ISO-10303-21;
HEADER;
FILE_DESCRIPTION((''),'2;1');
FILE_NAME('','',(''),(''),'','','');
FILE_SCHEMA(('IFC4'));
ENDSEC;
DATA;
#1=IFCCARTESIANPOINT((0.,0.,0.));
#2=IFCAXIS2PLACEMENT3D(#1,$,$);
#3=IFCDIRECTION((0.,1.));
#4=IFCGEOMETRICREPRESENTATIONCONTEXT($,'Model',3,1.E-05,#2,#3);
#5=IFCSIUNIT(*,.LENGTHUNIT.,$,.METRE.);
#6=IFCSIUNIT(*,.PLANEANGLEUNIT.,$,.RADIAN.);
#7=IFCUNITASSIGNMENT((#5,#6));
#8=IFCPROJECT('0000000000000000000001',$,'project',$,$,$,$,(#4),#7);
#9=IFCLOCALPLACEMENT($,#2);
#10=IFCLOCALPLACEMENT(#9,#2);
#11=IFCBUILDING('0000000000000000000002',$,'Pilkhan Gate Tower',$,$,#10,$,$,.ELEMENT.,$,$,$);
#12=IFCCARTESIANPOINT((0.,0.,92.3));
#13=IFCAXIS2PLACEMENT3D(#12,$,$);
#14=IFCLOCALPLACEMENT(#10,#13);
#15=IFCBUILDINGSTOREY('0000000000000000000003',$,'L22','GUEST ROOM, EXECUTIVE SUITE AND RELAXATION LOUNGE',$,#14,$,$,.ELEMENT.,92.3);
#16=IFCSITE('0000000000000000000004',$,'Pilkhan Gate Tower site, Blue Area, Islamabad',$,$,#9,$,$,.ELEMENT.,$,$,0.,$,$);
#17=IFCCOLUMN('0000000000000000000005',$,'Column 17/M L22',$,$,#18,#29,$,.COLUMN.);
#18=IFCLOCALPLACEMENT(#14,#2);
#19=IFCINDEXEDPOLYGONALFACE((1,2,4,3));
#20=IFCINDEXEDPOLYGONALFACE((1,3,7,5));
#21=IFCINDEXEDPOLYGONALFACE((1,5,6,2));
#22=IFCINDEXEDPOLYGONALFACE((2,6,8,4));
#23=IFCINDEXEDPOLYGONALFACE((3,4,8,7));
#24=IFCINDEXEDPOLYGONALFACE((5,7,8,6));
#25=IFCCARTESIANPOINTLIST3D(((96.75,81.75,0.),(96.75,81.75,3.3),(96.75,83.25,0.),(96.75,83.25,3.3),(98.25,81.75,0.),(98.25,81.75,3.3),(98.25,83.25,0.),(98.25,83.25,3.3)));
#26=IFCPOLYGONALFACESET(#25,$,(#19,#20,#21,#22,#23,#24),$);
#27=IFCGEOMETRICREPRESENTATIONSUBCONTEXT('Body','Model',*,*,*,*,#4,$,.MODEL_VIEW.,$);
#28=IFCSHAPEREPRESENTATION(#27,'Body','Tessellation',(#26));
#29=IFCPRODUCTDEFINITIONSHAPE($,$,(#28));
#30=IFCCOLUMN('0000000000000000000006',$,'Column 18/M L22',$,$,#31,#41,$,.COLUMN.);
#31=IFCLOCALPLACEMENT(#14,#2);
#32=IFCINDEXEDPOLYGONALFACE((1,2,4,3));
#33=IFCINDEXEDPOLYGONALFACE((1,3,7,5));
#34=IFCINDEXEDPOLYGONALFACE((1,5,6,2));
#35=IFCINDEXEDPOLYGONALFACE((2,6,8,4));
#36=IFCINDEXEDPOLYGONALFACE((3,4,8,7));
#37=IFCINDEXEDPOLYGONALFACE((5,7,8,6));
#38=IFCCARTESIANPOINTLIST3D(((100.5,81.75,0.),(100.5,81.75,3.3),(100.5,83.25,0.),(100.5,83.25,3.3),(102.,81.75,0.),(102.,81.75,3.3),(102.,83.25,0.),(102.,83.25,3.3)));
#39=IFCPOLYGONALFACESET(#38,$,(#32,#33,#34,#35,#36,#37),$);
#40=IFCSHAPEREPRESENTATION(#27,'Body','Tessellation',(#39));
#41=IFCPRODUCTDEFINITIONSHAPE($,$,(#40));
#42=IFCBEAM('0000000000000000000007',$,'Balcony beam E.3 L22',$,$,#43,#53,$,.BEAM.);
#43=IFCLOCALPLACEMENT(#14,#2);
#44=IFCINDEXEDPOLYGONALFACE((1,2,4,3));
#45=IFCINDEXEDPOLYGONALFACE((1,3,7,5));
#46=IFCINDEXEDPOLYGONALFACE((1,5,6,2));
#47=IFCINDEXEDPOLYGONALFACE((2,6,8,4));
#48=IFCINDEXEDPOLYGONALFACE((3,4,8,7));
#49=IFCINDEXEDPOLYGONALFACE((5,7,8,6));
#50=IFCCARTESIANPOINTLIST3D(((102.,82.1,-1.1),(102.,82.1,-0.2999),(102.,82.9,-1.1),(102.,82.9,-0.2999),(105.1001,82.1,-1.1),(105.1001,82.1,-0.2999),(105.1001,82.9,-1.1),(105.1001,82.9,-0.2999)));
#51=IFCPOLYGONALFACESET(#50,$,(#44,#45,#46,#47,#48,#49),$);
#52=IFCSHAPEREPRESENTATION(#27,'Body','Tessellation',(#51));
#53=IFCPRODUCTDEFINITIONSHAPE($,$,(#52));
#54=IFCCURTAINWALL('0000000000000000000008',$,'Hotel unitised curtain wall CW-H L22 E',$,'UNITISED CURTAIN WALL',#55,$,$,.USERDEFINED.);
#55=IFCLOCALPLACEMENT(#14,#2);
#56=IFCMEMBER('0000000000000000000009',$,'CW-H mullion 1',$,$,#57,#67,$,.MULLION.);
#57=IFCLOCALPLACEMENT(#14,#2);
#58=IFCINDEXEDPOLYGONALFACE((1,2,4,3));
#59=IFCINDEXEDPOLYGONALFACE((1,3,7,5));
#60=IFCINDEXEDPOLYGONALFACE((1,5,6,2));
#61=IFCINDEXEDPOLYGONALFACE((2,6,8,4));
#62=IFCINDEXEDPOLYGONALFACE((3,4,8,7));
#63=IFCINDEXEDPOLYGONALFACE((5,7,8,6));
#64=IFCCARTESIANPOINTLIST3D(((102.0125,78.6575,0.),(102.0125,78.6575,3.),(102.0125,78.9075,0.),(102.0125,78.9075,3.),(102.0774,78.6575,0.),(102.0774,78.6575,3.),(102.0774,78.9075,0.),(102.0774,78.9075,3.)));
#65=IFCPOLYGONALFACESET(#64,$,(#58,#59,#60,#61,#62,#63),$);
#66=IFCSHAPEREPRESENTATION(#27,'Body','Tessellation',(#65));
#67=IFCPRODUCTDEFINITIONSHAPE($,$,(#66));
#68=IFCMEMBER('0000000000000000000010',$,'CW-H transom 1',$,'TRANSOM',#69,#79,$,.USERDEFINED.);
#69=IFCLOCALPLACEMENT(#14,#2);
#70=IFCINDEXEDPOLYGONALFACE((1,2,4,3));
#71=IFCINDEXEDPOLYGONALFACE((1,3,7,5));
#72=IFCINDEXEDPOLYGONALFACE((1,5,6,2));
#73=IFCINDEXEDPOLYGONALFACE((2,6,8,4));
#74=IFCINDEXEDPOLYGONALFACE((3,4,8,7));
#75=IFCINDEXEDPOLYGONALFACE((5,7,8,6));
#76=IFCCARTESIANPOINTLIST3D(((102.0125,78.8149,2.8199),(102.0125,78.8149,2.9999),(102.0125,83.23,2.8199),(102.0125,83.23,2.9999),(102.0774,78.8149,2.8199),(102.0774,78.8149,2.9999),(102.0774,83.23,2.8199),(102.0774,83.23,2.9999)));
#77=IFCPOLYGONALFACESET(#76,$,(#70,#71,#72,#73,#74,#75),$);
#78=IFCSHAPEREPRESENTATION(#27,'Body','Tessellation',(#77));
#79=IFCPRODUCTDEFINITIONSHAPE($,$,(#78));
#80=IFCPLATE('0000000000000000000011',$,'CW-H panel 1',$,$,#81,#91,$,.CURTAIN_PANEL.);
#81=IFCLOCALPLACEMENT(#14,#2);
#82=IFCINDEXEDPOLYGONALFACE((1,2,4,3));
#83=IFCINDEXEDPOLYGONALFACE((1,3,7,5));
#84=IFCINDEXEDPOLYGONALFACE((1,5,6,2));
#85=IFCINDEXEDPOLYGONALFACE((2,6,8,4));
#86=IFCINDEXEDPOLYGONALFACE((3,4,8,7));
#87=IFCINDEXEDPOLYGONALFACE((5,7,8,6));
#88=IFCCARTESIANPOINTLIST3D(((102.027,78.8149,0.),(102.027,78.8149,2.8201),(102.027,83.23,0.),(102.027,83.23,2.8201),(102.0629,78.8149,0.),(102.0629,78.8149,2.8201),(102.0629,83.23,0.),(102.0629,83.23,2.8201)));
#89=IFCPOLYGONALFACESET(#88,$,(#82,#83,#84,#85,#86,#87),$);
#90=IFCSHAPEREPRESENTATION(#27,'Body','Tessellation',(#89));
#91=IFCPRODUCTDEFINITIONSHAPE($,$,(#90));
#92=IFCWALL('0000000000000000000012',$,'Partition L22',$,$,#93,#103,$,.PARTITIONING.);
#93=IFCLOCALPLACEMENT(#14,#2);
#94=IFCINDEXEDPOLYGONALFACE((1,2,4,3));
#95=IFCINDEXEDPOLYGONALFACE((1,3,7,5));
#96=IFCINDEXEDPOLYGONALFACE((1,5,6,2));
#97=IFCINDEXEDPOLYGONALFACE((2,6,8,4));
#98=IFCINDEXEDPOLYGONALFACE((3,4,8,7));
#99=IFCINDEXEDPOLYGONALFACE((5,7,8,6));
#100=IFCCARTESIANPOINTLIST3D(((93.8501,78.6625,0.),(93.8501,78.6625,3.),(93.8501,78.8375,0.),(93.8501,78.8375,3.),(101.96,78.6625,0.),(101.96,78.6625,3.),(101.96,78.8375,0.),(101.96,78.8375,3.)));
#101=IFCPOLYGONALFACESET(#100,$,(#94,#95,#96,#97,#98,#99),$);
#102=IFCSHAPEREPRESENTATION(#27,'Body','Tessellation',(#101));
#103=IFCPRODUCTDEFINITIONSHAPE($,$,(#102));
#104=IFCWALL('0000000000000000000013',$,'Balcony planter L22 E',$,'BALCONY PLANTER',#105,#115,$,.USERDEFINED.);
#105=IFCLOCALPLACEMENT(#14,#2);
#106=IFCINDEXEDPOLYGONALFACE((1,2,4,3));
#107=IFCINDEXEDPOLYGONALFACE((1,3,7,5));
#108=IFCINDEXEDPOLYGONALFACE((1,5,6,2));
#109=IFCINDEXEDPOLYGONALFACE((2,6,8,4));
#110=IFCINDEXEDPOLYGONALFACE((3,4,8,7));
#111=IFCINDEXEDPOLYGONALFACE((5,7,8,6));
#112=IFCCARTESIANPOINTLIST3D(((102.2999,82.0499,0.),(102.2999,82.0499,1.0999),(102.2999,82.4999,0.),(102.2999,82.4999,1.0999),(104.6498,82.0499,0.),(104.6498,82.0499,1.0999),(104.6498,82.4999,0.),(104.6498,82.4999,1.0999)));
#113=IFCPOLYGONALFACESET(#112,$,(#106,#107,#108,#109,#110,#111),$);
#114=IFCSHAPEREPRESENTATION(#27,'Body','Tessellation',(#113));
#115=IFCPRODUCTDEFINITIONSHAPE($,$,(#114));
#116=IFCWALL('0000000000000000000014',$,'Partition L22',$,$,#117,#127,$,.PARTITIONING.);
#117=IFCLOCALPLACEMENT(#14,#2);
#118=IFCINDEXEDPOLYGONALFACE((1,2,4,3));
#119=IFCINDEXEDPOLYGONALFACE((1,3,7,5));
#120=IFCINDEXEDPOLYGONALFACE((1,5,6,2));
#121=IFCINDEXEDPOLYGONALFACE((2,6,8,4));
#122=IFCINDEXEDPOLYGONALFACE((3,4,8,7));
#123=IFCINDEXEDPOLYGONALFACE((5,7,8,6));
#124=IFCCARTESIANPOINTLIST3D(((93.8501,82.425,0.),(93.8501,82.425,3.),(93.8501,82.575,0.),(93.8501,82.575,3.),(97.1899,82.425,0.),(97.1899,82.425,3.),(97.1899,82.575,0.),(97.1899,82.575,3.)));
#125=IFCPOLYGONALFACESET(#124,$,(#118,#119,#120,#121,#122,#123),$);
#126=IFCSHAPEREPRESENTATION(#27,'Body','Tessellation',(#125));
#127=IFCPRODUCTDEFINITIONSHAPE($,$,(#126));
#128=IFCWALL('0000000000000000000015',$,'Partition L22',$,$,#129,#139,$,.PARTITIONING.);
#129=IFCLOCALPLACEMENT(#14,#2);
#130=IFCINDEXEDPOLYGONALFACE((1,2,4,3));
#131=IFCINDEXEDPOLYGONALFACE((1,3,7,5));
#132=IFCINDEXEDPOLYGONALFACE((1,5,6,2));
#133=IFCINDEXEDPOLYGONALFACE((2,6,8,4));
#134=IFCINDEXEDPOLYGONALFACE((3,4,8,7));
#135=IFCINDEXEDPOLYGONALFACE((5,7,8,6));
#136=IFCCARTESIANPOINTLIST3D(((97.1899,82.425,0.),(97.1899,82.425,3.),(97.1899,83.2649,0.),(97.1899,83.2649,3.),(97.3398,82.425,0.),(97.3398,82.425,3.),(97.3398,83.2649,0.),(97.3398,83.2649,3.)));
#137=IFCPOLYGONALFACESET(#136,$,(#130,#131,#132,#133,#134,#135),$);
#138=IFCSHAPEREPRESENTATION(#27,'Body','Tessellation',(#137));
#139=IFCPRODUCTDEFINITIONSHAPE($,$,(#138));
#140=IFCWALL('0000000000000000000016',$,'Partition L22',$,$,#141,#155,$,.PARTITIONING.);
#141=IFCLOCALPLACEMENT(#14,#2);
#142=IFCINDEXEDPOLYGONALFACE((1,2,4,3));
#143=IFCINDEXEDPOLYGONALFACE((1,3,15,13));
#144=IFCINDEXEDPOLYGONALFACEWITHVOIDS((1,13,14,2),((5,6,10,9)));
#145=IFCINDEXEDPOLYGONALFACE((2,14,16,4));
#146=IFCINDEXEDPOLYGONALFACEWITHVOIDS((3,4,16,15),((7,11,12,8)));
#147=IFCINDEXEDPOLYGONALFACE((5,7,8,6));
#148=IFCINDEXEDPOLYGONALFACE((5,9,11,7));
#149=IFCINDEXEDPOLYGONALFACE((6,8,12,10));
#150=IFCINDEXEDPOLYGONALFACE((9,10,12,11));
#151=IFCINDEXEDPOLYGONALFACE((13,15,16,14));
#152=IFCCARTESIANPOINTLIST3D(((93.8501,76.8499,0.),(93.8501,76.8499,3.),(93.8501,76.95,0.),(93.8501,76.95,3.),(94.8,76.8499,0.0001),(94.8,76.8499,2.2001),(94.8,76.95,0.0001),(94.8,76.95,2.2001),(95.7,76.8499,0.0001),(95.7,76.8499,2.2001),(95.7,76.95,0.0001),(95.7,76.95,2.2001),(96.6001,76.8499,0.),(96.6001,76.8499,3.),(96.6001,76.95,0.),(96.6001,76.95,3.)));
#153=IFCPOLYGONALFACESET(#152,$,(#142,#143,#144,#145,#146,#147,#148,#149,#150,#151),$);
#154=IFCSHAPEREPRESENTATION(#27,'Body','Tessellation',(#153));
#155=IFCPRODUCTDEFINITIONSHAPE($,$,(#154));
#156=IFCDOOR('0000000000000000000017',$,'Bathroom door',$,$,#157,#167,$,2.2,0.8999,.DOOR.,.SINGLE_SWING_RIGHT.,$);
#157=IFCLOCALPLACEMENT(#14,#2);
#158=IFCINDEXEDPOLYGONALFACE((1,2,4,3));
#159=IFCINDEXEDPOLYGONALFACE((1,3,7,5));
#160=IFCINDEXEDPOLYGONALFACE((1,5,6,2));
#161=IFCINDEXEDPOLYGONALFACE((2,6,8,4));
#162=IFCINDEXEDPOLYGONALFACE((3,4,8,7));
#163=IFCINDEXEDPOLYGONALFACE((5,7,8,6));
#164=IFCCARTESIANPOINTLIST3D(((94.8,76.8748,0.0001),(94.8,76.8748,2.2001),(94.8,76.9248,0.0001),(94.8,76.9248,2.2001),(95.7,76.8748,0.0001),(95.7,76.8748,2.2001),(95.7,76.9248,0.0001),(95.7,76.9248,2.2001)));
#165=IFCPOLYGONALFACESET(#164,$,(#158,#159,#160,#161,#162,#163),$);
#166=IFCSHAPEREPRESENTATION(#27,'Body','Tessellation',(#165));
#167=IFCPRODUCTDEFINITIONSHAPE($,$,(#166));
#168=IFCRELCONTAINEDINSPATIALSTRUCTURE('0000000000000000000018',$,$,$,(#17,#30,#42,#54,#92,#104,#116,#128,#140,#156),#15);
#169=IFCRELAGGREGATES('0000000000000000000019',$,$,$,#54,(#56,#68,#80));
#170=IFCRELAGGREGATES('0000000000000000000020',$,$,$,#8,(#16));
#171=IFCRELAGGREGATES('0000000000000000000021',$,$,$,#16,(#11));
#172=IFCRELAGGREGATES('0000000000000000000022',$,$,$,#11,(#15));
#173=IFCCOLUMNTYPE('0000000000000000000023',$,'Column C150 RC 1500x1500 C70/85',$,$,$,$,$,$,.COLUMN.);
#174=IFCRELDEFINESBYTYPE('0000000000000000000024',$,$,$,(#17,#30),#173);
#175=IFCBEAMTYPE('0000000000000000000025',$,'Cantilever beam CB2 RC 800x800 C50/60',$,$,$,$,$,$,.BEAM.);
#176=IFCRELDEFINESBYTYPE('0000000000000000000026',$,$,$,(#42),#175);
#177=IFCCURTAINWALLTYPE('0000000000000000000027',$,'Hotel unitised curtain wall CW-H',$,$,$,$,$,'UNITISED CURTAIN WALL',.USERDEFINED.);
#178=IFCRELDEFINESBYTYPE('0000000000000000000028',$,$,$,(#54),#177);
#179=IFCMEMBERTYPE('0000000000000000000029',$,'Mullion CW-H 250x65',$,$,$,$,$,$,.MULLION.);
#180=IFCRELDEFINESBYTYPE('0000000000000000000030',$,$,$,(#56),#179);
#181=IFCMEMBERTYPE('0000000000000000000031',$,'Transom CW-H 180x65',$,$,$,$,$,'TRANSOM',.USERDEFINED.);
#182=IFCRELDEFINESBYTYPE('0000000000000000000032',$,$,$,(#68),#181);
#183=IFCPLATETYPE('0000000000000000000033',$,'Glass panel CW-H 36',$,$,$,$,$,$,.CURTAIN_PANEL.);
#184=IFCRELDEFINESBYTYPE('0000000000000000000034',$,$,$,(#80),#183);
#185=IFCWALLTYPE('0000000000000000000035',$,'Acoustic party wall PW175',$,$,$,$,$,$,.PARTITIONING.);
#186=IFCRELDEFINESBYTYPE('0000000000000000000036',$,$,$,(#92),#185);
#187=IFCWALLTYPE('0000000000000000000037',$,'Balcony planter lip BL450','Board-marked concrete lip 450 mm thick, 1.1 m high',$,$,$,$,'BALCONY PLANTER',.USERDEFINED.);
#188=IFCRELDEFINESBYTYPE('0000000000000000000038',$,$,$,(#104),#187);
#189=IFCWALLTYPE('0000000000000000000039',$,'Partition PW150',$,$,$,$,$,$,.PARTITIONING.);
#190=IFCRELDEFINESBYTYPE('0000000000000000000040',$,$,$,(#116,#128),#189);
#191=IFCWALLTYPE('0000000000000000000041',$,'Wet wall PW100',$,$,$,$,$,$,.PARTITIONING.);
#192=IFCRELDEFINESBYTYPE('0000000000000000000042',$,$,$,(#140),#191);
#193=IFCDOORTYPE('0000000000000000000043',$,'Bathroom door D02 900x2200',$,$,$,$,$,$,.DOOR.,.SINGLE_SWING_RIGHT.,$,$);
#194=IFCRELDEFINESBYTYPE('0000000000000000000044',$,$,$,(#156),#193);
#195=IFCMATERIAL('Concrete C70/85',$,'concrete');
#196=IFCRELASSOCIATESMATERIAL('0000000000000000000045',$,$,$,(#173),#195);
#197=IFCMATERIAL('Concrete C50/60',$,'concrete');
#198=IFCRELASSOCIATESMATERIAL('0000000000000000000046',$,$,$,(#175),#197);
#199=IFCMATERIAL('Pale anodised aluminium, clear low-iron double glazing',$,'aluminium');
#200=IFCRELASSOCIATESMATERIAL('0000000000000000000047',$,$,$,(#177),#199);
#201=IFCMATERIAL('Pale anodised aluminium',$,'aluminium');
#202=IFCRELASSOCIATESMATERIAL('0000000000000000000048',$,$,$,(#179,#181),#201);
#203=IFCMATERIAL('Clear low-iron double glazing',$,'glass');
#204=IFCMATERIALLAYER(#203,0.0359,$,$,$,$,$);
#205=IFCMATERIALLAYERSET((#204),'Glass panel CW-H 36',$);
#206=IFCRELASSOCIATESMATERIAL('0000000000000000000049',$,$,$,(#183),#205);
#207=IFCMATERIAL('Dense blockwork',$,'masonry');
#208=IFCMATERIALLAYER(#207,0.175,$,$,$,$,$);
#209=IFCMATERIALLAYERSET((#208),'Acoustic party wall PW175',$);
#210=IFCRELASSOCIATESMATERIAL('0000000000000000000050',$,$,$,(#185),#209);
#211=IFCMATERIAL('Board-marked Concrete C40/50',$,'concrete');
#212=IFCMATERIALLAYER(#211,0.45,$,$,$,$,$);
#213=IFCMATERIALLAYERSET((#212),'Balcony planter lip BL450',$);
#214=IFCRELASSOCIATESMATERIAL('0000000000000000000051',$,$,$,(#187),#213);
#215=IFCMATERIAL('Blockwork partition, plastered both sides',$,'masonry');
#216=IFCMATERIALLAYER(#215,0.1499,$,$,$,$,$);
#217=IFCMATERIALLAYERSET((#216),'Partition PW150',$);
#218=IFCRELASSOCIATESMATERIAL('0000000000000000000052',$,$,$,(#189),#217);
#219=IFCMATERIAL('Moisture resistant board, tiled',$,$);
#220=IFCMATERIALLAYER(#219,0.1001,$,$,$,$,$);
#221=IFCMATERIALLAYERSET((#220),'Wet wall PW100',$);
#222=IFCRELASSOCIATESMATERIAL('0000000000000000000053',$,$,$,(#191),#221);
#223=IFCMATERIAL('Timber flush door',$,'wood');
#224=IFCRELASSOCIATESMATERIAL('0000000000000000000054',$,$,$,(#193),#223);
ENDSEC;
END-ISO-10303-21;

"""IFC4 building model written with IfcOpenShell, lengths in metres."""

from ifc_helpers import new_model, si_unit, direction, frame, frame_2d, origin, origin_2d, place, context, subcontext, project, spatial, rectangle, extrude, material, layer, layer_set, material_profile, profile_set, type_object, element, fill, aggregate, save


model = new_model("IFC4")

# Units and contexts
model_context = context("Model", 3, precision=1e-05, world=origin(), true_north=direction((0.0, 1.0)))
body_context = subcontext(model_context, "Body", "Model", "MODEL_VIEW")
ifc_project = project(units=[si_unit("LENGTHUNIT", "METRE"), si_unit("PLANEANGLEUNIT", "RADIAN")], contexts=[model_context])

# Site, building, storey
site_placement = place(None, origin())
site = spatial("IfcSite", under=ifc_project, at=site_placement, Name="Pilkhan Gate Tower site, Blue Area, Islamabad", CompositionType="ELEMENT", RefElevation=0.0)
building_placement = place(site_placement, origin())
building = spatial("IfcBuilding", under=site, at=building_placement, Name="Pilkhan Gate Tower", CompositionType="ELEMENT")
storey_placement = place(building_placement, frame((0.0, 0.0, 92.3)))
storey = spatial("IfcBuildingStorey", under=building, at=storey_placement, Name="L22", Description="GUEST ROOM, EXECUTIVE SUITE AND RELAXATION LOUNGE", CompositionType="ELEMENT", Elevation=92.3)

# Columns
ifc_material_1 = material(Name="Concrete C70/85", Category="concrete")
ifc_material_profile_1 = material_profile(ifc_material_1, rectangle(XDim=1.5, YDim=1.5, at=origin_2d()), Name="RC 1500x1500")
ifc_profile_set_1 = profile_set([ifc_material_profile_1], Name="Concrete C70/85")
column_type = type_object("IfcColumnType", Name="Column C150 RC 1500x1500 C70/85", PredefinedType="COLUMN", material=ifc_profile_set_1)
for number, where, z_axis, x_axis, name in (
    (1, (97.5, 82.5, 0.0), (0.0, 0.0, 1.0), (1.0, 0.0, 0.0), "Column 17/M L22"),
    (2, (101.25, 82.5, 0.0), (0.0, 0.0, 1.0), (1.0, 0.0, 0.0), "Column 18/M L22"),
):
    element("IfcColumn", number, at=place(storey_placement, frame(where, z_axis=z_axis, x_axis=x_axis)), inside=storey, type_object=column_type, Name=name, PredefinedType="COLUMN", context=body_context, shape_type="SweptSolid", body=[
        extrude(rectangle(XDim=1.5, YDim=1.5, at=origin_2d()), origin(), (0.0, 0.0, 1.0), 3.3),
    ])

# Beam
ifc_material_2 = material(Name="Concrete C50/60", Category="concrete")
ifc_material_profile_2 = material_profile(ifc_material_2, rectangle(XDim=0.8, YDim=0.8, at=origin_2d()), Name="RC 800x800")
ifc_profile_set_2 = profile_set([ifc_material_profile_2], Name="Concrete C50/60")
beam_type = type_object("IfcBeamType", Name="Cantilever beam CB2 RC 800x800 C50/60", PredefinedType="BEAM", material=ifc_profile_set_2)
beam_placement = place(storey_placement, frame((102.0, 82.5, -0.7), z_axis=(1.0, 0.0, 0.0), x_axis=(0.0, 1.0, 0.0)))
element("IfcBeam", 3, at=beam_placement, inside=storey, type_object=beam_type, Name="Balcony beam E.3 L22", PredefinedType="BEAM", context=body_context, shape_type="SweptSolid", body=[
    extrude(rectangle(XDim=0.8, YDim=0.8, at=origin_2d()), origin(), (0.0, 0.0, 1.0), 3.1001),
])

# Curtain wall, members, plate
ifc_material_3 = material(Name="Pale anodised aluminium, clear low-iron double glazing", Category="aluminium")
curtain_wall_type = type_object("IfcCurtainWallType", Name="Hotel unitised curtain wall CW-H", ElementType="UNITISED CURTAIN WALL", PredefinedType="USERDEFINED", material=ifc_material_3)
curtain_wall_placement = place(storey_placement, origin())
curtain_wall = element("IfcCurtainWall", 4, at=curtain_wall_placement, inside=storey, type_object=curtain_wall_type, Name="Hotel unitised curtain wall CW-H L22 E", ObjectType="UNITISED CURTAIN WALL", PredefinedType="USERDEFINED")
ifc_material_4 = material(Name="Pale anodised aluminium", Category="aluminium")
ifc_material_profile_3 = material_profile(ifc_material_4, rectangle(XDim=0.0649, YDim=0.25, at=origin_2d()), Name="Mullion 250x65")
ifc_profile_set_3 = profile_set([ifc_material_profile_3], Name="Pale anodised aluminium")
member_type_1 = type_object("IfcMemberType", Name="Mullion CW-H 250x65", PredefinedType="MULLION", material=ifc_profile_set_3)
member_1_placement = place(storey_placement, frame((102.0449, 78.7825, 0.0), z_axis=(0.0, 0.0, 1.0), x_axis=(-1.0, 0.0, 0.0)))
member_1 = element("IfcMember", 5, at=member_1_placement, type_object=member_type_1, Name="CW-H mullion 1", PredefinedType="MULLION", context=body_context, shape_type="SweptSolid", body=[
    extrude(rectangle(XDim=0.0649, YDim=0.25, at=origin_2d()), origin(), (0.0, 0.0, 1.0), 3.0),
])
ifc_material_profile_4 = material_profile(ifc_material_4, rectangle(XDim=0.0649, YDim=0.1799, at=origin_2d()), Name="Transom 180x65")
ifc_profile_set_4 = profile_set([ifc_material_profile_4], Name="Pale anodised aluminium")
member_type_2 = type_object("IfcMemberType", Name="Transom CW-H 180x65", ElementType="TRANSOM", PredefinedType="USERDEFINED", material=ifc_profile_set_4)
member_2_placement = place(storey_placement, frame((102.0449, 78.8149, 2.9099), z_axis=(0.0, 1.0, 0.0), x_axis=(-1.0, 0.0, 0.0)))
member_2 = element("IfcMember", 6, at=member_2_placement, type_object=member_type_2, Name="CW-H transom 1", ObjectType="TRANSOM", PredefinedType="USERDEFINED", context=body_context, shape_type="SweptSolid", body=[
    extrude(rectangle(XDim=0.0649, YDim=0.1799, at=origin_2d()), origin(), (0.0, 0.0, 1.0), 4.415),
])
ifc_material_5 = material(Name="Clear low-iron double glazing", Category="glass")
ifc_layer_1 = layer(ifc_material_5, 0.0359)
ifc_layer_set_1 = layer_set([ifc_layer_1], Name="Glass panel CW-H 36")
plate_type = type_object("IfcPlateType", Name="Glass panel CW-H 36", PredefinedType="CURTAIN_PANEL", material=ifc_layer_set_1)
plate_placement = place(storey_placement, frame((102.0449, 81.0225, 0.0), z_axis=(0.0, 0.0, 1.0), x_axis=(0.0, 1.0, 0.0)))
plate = element("IfcPlate", 7, at=plate_placement, type_object=plate_type, Name="CW-H panel 1", PredefinedType="CURTAIN_PANEL", context=body_context, shape_type="SweptSolid", body=[
    extrude(rectangle(XDim=4.415, YDim=0.0359, at=origin_2d()), origin(), (0.0, 0.0, 1.0), 2.8201),
])
aggregate(curtain_wall, [member_1, member_2, plate])

# Walls
ifc_material_6 = material(Name="Dense blockwork", Category="masonry")
ifc_layer_2 = layer(ifc_material_6, 0.175)
ifc_layer_set_2 = layer_set([ifc_layer_2], Name="Acoustic party wall PW175")
wall_type_1 = type_object("IfcWallType", Name="Acoustic party wall PW175", PredefinedType="PARTITIONING", material=ifc_layer_set_2)
wall_1_placement = place(storey_placement, frame((93.8501, 78.75, 0.0), z_axis=(0.0, 0.0, 1.0), x_axis=(1.0, 0.0, 0.0)))
element("IfcWall", 8, at=wall_1_placement, inside=storey, type_object=wall_type_1, Name="Partition L22", PredefinedType="PARTITIONING", context=body_context, shape_type="SweptSolid", body=[
    extrude(rectangle(XDim=8.1099, YDim=0.175, at=frame_2d((4.0549, 0.0))), origin(), (0.0, 0.0, 1.0), 3.0),
])
ifc_material_7 = material(Name="Board-marked Concrete C40/50", Category="concrete")
ifc_layer_3 = layer(ifc_material_7, 0.45)
ifc_layer_set_3 = layer_set([ifc_layer_3], Name="Balcony planter lip BL450")
wall_type_2 = type_object("IfcWallType", Name="Balcony planter lip BL450", Description="Board-marked concrete lip 450 mm thick, 1.1 m high", ElementType="BALCONY PLANTER", PredefinedType="USERDEFINED", material=ifc_layer_set_3)
wall_2_placement = place(storey_placement, frame((102.3, 82.2749, 0.0), z_axis=(0.0, 0.0, 1.0), x_axis=(1.0, 0.0, 0.0)))
element("IfcWall", 9, at=wall_2_placement, inside=storey, type_object=wall_type_2, Name="Balcony planter L22 E", ObjectType="BALCONY PLANTER", PredefinedType="USERDEFINED", context=body_context, shape_type="SweptSolid", body=[
    extrude(rectangle(XDim=2.3499, YDim=0.45, at=frame_2d((1.1748, 0.0))), origin(), (0.0, 0.0, 1.0), 1.0999),
])
ifc_material_8 = material(Name="Blockwork partition, plastered both sides", Category="masonry")
ifc_layer_4 = layer(ifc_material_8, 0.1499)
ifc_layer_set_4 = layer_set([ifc_layer_4], Name="Partition PW150")
wall_type_3 = type_object("IfcWallType", Name="Partition PW150", PredefinedType="PARTITIONING", material=ifc_layer_set_4)
wall_3_placement = place(storey_placement, frame((93.8501, 82.5, 0.0), z_axis=(0.0, 0.0, 1.0), x_axis=(1.0, 0.0, 0.0)))
element("IfcWall", 10, at=wall_3_placement, inside=storey, type_object=wall_type_3, Name="Partition L22", PredefinedType="PARTITIONING", context=body_context, shape_type="SweptSolid", body=[
    extrude(rectangle(XDim=3.3398, YDim=0.1499, at=frame_2d((1.6699, 0.0))), origin(), (0.0, 0.0, 1.0), 3.0),
])
wall_4_placement = place(storey_placement, frame((97.2649, 82.425, 0.0), z_axis=(0.0, 0.0, 1.0), x_axis=(0.0, 1.0, 0.0)))
element("IfcWall", 11, at=wall_4_placement, inside=storey, type_object=wall_type_3, Name="Partition L22", PredefinedType="PARTITIONING", context=body_context, shape_type="SweptSolid", body=[
    extrude(rectangle(XDim=0.8398, YDim=0.1499, at=frame_2d((0.4199, 0.0))), origin(), (0.0, 0.0, 1.0), 3.0),
])

# Wall, opening, door
ifc_material_9 = material(Name="Moisture resistant board, tiled")
ifc_layer_5 = layer(ifc_material_9, 0.1001)
ifc_layer_set_5 = layer_set([ifc_layer_5], Name="Wet wall PW100")
wall_type_4 = type_object("IfcWallType", Name="Wet wall PW100", PredefinedType="PARTITIONING", material=ifc_layer_set_5)
wall_5_placement = place(storey_placement, frame((93.8501, 76.8999, 0.0), z_axis=(0.0, 0.0, 1.0), x_axis=(1.0, 0.0, 0.0)))
wall_5 = element("IfcWall", 12, at=wall_5_placement, inside=storey, type_object=wall_type_4, Name="Partition L22", PredefinedType="PARTITIONING", context=body_context, shape_type="SweptSolid", body=[
    extrude(rectangle(XDim=2.75, YDim=0.1001, at=frame_2d((1.375, 0.0))), origin(), (0.0, 0.0, 1.0), 3.0),
])
opening_1_placement = place(wall_5_placement, frame((0.95, 0.0, 0.0)))
opening_1 = element("IfcOpeningElement", 13, at=opening_1_placement, cuts=wall_5, PredefinedType="OPENING", context=body_context, shape_type="SweptSolid", body=[
    extrude(rectangle(XDim=0.8999, YDim=2.2, at=frame_2d((0.45, 1.1001))), frame((0.0, 0.0601, 0.0), z_axis=(0.0, -1.0, 0.0), x_axis=(1.0, 0.0, 0.0)), (0.0, 0.0, 1.0), 0.1201),
])
ifc_material_10 = material(Name="Timber flush door", Category="wood")
door_type = type_object("IfcDoorType", Name="Bathroom door D02 900x2200", OperationType="SINGLE_SWING_RIGHT", PredefinedType="DOOR", material=ifc_material_10)
door_1_placement = place(opening_1_placement, origin())
door_1 = element("IfcDoor", 14, at=door_1_placement, inside=storey, type_object=door_type, Name="Bathroom door", OperationType="SINGLE_SWING_RIGHT", OverallHeight=2.2, OverallWidth=0.8999, PredefinedType="DOOR", context=body_context, shape_type="SweptSolid", body=[
    extrude(rectangle(XDim=0.8999, YDim=2.2, at=frame_2d((0.45, 1.1001))), frame((0.0, 0.0249, 0.0), z_axis=(0.0, -1.0, 0.0), x_axis=(1.0, 0.0, 0.0)), (0.0, 0.0, 1.0), 0.05),
])
fill(opening_1, door_1)

save(model, "model.ifc")
